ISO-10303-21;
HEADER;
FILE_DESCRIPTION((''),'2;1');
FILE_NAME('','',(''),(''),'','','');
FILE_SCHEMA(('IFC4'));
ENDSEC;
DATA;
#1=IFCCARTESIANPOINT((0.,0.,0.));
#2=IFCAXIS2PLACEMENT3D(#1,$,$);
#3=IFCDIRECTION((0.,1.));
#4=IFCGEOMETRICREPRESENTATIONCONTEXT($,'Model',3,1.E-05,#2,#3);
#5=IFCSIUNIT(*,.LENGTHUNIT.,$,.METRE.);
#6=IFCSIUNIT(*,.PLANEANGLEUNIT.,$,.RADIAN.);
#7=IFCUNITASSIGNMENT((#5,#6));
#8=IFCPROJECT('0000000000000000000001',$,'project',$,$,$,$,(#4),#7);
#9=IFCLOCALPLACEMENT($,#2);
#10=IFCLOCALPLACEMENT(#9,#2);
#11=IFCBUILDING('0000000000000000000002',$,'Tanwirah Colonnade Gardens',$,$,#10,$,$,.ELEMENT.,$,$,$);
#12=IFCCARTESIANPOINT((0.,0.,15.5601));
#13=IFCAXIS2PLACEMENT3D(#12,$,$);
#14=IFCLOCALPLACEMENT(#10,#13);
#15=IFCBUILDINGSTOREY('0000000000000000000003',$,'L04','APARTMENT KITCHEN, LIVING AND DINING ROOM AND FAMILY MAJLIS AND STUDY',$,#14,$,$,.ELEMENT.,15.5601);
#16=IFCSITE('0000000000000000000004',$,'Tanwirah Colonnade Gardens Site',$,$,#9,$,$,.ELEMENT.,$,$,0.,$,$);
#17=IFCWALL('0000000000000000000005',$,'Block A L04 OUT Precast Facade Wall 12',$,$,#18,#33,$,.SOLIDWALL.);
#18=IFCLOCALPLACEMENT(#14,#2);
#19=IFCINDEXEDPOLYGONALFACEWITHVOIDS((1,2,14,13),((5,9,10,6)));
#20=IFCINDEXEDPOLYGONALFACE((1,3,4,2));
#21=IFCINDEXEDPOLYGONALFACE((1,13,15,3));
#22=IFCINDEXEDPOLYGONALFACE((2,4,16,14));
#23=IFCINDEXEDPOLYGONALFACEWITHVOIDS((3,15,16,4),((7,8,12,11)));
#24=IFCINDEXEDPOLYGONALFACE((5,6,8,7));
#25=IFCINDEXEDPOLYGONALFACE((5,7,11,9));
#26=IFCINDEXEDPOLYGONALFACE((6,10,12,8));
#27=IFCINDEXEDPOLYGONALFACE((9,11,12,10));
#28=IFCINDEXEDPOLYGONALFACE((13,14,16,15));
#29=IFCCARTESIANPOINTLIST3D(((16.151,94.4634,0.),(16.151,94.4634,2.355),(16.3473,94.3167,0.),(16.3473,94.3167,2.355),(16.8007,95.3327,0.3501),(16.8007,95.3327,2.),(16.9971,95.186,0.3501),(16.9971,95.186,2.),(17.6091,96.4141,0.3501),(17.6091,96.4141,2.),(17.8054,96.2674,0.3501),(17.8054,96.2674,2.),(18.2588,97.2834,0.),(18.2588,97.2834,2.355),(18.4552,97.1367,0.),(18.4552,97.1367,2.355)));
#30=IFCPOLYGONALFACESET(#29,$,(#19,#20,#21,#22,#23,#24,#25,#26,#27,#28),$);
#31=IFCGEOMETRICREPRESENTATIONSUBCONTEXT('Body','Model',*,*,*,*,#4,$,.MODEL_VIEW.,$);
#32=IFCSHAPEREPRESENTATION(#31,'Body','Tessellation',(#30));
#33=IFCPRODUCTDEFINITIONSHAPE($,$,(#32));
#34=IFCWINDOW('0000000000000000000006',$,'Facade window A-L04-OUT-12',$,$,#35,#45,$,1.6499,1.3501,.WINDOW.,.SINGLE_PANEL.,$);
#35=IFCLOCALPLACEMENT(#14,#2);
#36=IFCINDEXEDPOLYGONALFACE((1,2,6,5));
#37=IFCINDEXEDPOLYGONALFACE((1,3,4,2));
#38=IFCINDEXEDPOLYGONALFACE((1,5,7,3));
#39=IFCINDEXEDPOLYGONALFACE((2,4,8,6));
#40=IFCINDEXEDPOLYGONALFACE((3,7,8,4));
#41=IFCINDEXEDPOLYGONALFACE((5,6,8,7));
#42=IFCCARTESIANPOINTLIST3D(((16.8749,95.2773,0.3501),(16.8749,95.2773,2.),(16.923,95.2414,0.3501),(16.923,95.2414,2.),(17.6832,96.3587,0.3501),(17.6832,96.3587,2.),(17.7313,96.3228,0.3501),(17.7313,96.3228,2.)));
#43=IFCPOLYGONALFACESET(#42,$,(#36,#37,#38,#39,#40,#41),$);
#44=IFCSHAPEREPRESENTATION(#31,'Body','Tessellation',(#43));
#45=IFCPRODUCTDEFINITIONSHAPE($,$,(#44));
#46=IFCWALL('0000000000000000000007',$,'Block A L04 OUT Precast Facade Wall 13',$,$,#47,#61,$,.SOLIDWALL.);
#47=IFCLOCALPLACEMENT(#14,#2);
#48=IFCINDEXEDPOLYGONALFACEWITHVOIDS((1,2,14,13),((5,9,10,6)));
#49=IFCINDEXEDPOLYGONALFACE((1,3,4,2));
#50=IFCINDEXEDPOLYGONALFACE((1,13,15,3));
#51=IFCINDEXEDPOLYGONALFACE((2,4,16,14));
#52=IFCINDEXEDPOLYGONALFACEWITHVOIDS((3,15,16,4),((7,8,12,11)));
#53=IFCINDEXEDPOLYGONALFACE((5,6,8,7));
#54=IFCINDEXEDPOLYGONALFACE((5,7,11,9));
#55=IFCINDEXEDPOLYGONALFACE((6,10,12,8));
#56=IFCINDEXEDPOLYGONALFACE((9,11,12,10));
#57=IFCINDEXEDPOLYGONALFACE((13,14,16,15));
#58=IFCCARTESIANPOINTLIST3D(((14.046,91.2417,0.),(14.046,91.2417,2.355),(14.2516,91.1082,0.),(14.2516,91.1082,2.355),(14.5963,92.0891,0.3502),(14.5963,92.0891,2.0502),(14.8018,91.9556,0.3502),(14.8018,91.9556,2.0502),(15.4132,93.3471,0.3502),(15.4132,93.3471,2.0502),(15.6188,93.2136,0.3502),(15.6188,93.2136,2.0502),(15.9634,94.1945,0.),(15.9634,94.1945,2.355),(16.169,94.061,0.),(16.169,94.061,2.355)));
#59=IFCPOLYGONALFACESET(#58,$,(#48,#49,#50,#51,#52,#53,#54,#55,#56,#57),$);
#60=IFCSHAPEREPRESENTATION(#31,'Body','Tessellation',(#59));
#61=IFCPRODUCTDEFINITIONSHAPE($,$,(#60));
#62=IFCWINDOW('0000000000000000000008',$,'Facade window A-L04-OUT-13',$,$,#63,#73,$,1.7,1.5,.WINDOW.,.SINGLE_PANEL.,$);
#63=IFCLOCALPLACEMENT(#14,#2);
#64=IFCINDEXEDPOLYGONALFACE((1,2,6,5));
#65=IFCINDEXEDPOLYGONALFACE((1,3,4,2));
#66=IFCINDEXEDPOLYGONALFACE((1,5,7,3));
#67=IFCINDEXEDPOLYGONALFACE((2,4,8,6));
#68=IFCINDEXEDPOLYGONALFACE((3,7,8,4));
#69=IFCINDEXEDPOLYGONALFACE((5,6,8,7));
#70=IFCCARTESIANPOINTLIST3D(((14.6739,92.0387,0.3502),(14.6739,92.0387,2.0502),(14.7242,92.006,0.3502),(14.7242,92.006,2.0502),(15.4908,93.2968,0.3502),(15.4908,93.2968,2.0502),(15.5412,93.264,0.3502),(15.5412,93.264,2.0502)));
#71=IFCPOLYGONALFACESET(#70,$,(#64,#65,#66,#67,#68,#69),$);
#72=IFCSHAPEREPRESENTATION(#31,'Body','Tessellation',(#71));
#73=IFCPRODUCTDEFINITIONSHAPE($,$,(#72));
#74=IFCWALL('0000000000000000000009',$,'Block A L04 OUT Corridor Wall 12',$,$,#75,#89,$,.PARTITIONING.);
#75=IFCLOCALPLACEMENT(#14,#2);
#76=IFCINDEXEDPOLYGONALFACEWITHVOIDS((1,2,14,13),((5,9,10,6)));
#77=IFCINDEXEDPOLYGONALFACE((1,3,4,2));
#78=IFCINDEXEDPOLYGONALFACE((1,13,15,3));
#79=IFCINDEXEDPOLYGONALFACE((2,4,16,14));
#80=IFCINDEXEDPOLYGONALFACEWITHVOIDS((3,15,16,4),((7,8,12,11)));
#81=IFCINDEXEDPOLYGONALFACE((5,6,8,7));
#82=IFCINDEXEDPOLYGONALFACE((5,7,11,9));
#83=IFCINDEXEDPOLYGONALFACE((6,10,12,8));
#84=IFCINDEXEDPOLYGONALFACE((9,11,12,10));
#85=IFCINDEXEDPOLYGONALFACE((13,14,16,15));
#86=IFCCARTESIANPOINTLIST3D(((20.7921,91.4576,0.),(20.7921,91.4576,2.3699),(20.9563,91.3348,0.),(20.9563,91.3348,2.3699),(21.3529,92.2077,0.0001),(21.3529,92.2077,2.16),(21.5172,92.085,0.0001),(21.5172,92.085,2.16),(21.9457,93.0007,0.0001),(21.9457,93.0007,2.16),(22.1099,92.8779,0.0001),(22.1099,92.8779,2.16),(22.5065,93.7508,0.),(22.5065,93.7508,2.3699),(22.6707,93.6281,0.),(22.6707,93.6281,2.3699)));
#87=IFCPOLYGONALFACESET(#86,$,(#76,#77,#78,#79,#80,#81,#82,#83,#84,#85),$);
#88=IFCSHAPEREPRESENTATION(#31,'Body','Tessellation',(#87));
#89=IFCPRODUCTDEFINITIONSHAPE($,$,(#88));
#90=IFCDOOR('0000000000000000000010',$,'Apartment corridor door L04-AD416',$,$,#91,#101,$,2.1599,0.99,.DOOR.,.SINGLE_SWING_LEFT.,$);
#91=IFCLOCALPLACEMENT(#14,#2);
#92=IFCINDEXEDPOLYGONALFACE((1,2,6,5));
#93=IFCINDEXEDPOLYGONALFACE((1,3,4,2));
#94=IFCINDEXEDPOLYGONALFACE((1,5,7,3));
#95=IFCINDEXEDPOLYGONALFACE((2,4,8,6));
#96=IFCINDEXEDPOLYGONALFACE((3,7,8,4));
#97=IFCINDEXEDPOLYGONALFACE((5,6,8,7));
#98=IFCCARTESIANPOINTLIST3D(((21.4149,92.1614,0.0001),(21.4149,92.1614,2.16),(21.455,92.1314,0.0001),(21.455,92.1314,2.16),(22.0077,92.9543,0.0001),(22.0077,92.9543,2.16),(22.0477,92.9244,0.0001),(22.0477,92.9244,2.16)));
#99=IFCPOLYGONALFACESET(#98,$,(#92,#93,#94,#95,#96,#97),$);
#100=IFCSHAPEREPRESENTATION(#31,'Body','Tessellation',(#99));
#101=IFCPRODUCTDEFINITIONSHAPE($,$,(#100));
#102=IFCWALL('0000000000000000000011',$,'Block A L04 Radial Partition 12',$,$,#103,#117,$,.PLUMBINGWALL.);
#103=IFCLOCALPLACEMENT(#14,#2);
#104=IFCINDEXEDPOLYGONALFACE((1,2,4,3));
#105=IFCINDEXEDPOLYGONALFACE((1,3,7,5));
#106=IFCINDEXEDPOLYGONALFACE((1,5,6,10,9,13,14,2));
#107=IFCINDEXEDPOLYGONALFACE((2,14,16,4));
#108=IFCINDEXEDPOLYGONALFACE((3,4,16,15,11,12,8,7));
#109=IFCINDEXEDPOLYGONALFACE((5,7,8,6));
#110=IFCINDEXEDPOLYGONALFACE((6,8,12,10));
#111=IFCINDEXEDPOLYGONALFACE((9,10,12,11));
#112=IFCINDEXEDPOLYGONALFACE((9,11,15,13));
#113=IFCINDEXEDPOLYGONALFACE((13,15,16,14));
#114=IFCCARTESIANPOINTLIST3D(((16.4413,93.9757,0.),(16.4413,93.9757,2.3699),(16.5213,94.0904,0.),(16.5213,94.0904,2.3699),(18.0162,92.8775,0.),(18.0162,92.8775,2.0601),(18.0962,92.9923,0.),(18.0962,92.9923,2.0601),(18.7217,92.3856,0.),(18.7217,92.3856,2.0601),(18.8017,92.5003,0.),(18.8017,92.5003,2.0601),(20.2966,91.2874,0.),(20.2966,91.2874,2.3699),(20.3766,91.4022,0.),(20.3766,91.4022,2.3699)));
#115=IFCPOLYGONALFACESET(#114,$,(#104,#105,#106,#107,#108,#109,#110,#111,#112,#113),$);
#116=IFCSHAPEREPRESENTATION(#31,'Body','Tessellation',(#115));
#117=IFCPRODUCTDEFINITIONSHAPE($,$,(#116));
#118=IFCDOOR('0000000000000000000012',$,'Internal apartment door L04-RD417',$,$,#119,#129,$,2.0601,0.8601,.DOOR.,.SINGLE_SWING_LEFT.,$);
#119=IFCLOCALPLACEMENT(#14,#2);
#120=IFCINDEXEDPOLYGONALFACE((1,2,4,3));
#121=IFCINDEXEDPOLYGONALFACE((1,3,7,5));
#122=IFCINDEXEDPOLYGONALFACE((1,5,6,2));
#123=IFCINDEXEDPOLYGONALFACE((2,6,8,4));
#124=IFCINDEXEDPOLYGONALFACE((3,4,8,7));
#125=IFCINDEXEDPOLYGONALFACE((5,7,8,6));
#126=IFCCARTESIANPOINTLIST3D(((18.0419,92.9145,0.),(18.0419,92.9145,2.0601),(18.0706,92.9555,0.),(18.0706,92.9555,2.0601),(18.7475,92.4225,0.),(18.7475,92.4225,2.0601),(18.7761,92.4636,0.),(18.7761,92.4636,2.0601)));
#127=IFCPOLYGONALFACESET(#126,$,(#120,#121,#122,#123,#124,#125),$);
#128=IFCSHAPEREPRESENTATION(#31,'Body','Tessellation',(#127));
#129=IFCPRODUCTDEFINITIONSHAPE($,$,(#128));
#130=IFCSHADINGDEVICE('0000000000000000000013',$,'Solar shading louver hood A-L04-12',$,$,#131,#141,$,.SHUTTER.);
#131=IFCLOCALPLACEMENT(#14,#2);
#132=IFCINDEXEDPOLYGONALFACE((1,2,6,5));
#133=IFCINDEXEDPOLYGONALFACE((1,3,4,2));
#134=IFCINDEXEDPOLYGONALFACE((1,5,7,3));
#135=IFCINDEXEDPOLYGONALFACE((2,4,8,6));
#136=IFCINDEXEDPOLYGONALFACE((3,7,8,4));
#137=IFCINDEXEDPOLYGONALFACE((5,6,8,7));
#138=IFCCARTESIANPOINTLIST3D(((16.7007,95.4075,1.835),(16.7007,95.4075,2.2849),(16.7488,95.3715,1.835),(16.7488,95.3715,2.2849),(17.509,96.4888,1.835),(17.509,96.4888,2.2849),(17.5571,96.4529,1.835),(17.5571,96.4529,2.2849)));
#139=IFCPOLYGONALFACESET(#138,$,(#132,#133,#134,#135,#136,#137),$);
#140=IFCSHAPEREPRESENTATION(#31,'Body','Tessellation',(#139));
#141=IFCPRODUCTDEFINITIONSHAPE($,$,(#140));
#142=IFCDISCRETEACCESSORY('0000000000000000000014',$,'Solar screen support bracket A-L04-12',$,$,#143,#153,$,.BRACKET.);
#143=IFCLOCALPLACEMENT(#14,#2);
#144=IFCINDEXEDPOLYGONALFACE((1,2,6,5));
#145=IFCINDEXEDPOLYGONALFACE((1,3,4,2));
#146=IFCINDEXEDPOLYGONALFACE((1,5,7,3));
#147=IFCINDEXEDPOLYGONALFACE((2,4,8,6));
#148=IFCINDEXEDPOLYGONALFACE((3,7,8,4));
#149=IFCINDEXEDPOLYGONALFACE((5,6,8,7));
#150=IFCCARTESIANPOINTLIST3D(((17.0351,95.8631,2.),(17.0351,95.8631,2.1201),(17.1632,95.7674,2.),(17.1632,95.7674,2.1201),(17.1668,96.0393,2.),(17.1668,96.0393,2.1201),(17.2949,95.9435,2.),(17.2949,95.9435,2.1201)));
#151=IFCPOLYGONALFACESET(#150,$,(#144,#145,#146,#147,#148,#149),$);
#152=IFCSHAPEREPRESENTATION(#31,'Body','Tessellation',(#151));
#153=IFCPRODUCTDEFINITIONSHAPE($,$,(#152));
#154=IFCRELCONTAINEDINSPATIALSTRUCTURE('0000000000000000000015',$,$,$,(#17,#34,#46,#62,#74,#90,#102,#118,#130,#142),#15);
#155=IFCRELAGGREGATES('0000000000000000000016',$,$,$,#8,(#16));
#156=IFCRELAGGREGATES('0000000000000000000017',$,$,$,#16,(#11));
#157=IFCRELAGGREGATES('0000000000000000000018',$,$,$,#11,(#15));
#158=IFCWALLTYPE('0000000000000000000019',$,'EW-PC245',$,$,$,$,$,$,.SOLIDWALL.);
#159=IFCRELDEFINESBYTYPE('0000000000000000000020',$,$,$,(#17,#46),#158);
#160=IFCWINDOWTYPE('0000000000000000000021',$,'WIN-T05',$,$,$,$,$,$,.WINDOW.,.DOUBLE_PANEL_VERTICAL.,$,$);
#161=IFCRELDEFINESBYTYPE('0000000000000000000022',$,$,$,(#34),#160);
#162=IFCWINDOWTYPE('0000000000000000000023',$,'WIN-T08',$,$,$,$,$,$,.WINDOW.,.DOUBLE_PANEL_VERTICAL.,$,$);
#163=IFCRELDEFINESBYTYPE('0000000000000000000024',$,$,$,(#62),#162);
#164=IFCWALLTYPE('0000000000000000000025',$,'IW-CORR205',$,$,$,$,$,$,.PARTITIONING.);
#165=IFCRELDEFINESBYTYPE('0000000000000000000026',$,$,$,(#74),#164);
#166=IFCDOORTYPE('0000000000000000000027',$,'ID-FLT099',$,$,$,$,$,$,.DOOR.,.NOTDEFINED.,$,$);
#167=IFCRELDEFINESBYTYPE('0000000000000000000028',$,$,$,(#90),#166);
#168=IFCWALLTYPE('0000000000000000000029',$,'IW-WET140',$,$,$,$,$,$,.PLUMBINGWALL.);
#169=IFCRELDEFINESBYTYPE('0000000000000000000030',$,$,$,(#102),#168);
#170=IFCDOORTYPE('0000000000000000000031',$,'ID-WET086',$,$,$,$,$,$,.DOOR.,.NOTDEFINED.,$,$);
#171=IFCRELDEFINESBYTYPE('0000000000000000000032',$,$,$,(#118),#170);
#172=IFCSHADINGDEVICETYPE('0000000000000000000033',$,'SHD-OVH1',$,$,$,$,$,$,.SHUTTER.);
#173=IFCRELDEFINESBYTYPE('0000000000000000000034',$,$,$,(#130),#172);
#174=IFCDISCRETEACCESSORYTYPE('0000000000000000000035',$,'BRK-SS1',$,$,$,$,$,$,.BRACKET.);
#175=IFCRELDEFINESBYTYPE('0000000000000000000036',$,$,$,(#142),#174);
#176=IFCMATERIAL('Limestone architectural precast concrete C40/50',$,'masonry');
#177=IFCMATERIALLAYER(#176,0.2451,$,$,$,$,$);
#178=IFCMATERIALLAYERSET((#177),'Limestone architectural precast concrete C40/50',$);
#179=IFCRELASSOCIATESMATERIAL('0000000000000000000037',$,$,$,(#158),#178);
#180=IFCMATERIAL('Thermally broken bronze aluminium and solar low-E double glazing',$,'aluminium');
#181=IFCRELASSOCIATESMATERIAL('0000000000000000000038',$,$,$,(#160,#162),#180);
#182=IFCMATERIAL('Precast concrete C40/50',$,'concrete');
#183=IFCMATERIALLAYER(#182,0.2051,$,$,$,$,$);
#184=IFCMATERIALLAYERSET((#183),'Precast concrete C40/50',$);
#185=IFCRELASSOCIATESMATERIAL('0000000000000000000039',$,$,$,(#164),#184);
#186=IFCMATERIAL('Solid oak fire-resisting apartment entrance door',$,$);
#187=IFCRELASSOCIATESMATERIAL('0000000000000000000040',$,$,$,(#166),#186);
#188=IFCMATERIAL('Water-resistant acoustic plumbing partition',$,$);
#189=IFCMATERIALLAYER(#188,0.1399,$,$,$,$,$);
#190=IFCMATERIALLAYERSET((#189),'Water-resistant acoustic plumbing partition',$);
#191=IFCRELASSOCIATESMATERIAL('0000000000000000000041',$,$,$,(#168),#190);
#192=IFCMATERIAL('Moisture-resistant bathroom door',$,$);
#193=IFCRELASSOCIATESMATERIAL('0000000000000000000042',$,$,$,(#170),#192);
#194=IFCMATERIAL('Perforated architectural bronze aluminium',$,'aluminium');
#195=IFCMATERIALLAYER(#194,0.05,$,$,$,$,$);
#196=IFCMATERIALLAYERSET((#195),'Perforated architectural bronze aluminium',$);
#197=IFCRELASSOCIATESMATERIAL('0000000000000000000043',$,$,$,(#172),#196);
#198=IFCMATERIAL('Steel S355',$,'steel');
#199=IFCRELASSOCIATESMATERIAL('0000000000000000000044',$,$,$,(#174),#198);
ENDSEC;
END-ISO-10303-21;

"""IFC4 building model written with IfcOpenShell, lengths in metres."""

from ifc_helpers import new_model, si_unit, direction, frame, frame_2d, origin, origin_2d, place, context, subcontext, project, spatial, rectangle, extrude, material, layer, layer_set, type_object, element, fill, save


model = new_model("IFC4")

# Units and contexts
model_context = context("Model", 3, precision=1e-05, world=origin(), true_north=direction((0.0, 1.0)))
body_context = subcontext(model_context, "Body", "Model", "MODEL_VIEW")
ifc_project = project(units=[si_unit("LENGTHUNIT", "METRE"), si_unit("PLANEANGLEUNIT", "RADIAN")], contexts=[model_context])

# Site, building, storey
site_placement = place(None, origin())
site = spatial("IfcSite", under=ifc_project, at=site_placement, Name="Tanwirah Colonnade Gardens Site", CompositionType="ELEMENT", RefElevation=0.0)
building_placement = place(site_placement, origin())
building = spatial("IfcBuilding", under=site, at=building_placement, Name="Tanwirah Colonnade Gardens", CompositionType="ELEMENT")
storey_placement = place(building_placement, frame((0.0, 0.0, 15.5601)))
storey = spatial("IfcBuildingStorey", under=building, at=storey_placement, Name="L04", Description="APARTMENT KITCHEN, LIVING AND DINING ROOM AND FAMILY MAJLIS AND STUDY", CompositionType="ELEMENT", Elevation=15.5601)

# Shared definitions
ifc_material_1 = material(Name="Precast concrete C40/50", Category="concrete")

# Walls, openings, windows
ifc_material_2 = material(Name="Limestone architectural precast concrete C40/50", Category="masonry")
ifc_layer_1 = layer(ifc_material_2, 0.2451)
ifc_layer_set_1 = layer_set([ifc_layer_1], Name="Limestone architectural precast concrete C40/50")
wall_type_1 = type_object("IfcWallType", Name="EW-PC245", PredefinedType="SOLIDWALL", material=ifc_layer_set_1)
wall_1_placement = place(storey_placement, frame((18.3569, 97.21, 0.0), z_axis=(0.0, 0.0, 1.0), x_axis=(-0.598701, -0.800973, 0.0)))
wall_1 = element("IfcWall", 1, at=wall_1_placement, inside=storey, type_object=wall_type_1, Name="Block A L04 OUT Precast Facade Wall 12", PredefinedType="SOLIDWALL", context=body_context, shape_type="SweptSolid", body=[
    extrude(rectangle(XDim=3.5208, YDim=0.2451, at=frame_2d((1.7603, 0.0))), origin(), (0.0, 0.0, 1.0), 2.355),
])
opening_1_placement = place(wall_1_placement, frame((1.0852, 0.0, 0.3501)))
opening_1 = element("IfcOpeningElement", 2, at=opening_1_placement, cuts=wall_1, PredefinedType="OPENING", context=body_context, shape_type="SweptSolid", body=[
    extrude(rectangle(XDim=1.3501, YDim=1.6499, at=frame_2d((0.675, 0.825))), frame((0.0, 0.1326, 0.0), z_axis=(0.0, -1.0, 0.0), x_axis=(1.0, 0.0, 0.0)), (0.0, 0.0, 1.0), 0.2651),
])
ifc_material_3 = material(Name="Thermally broken bronze aluminium and solar low-E double glazing", Category="aluminium")
window_type_1 = type_object("IfcWindowType", Name="WIN-T05", PartitioningType="DOUBLE_PANEL_VERTICAL", PredefinedType="WINDOW", material=ifc_material_3)
window_1_placement = place(opening_1_placement, origin())
window_1 = element("IfcWindow", 3, at=window_1_placement, inside=storey, type_object=window_type_1, Name="Facade window A-L04-OUT-12", OverallHeight=1.6499, OverallWidth=1.3501, PartitioningType="SINGLE_PANEL", PredefinedType="WINDOW", context=body_context, shape_type="SweptSolid", body=[
    extrude(rectangle(XDim=1.3501, YDim=1.6499, at=frame_2d((0.675, 0.825))), frame((0.0, 0.03, 0.0), z_axis=(0.0, -1.0, 0.0), x_axis=(1.0, 0.0, 0.0)), (0.0, 0.0, 1.0), 0.0601),
])
fill(opening_1, window_1)
wall_2_placement = place(storey_placement, frame((16.0662, 94.1277, 0.0), z_axis=(0.0, 0.0, 1.0), x_axis=(-0.544611, -0.838689, 0.0)))
wall_2 = element("IfcWall", 4, at=wall_2_placement, inside=storey, type_object=wall_type_1, Name="Block A L04 OUT Precast Facade Wall 13", PredefinedType="SOLIDWALL", context=body_context, shape_type="SweptSolid", body=[
    extrude(rectangle(XDim=3.5208, YDim=0.2451, at=frame_2d((1.7603, 0.0))), origin(), (0.0, 0.0, 1.0), 2.355),
])
opening_2_placement = place(wall_2_placement, frame((1.0103, 0.0, 0.3501)))
opening_2 = element("IfcOpeningElement", 5, at=opening_2_placement, cuts=wall_2, PredefinedType="OPENING", context=body_context, shape_type="SweptSolid", body=[
    extrude(rectangle(XDim=1.5, YDim=1.7, at=frame_2d((0.75, 0.8501))), frame((0.0, 0.1326, 0.0), z_axis=(0.0, -1.0, 0.0), x_axis=(1.0, 0.0, 0.0)), (0.0, 0.0, 1.0), 0.2651),
])
window_type_2 = type_object("IfcWindowType", Name="WIN-T08", PartitioningType="DOUBLE_PANEL_VERTICAL", PredefinedType="WINDOW", material=ifc_material_3)
window_2_placement = place(opening_2_placement, origin())
window_2 = element("IfcWindow", 6, at=window_2_placement, inside=storey, type_object=window_type_2, Name="Facade window A-L04-OUT-13", OverallHeight=1.7, OverallWidth=1.5, PartitioningType="SINGLE_PANEL", PredefinedType="WINDOW", context=body_context, shape_type="SweptSolid", body=[
    extrude(rectangle(XDim=1.5, YDim=1.7, at=frame_2d((0.75, 0.8501))), frame((0.0, 0.03, 0.0), z_axis=(0.0, -1.0, 0.0), x_axis=(1.0, 0.0, 0.0)), (0.0, 0.0, 1.0), 0.0601),
])
fill(opening_2, window_2)

# Walls, openings, doors
ifc_layer_2 = layer(ifc_material_1, 0.2051)
ifc_layer_set_2 = layer_set([ifc_layer_2], Name="Precast concrete C40/50")
wall_type_2 = type_object("IfcWallType", Name="IW-CORR205", PredefinedType="PARTITIONING", material=ifc_layer_set_2)
wall_3_placement = place(storey_placement, frame((22.5886, 93.6895, 0.0), z_axis=(0.0, 0.0, 1.0), x_axis=(-0.598758, -0.80093, 0.0)))
wall_3 = element("IfcWall", 7, at=wall_3_placement, inside=storey, type_object=wall_type_2, Name="Block A L04 OUT Corridor Wall 12", PredefinedType="PARTITIONING", context=body_context, shape_type="SweptSolid", body=[
    extrude(rectangle(XDim=2.8633, YDim=0.2051, at=frame_2d((1.4316, 0.0))), origin(), (0.0, 0.0, 1.0), 2.3699),
])
opening_3_placement = place(wall_3_placement, frame((0.9365, 0.0, 0.0)))
opening_3 = element("IfcOpeningElement", 8, at=opening_3_placement, cuts=wall_3, PredefinedType="OPENING", context=body_context, shape_type="SweptSolid", body=[
    extrude(rectangle(XDim=0.99, YDim=2.1599, at=frame_2d((0.4951, 1.0801))), frame((0.0, 0.1125, 0.0), z_axis=(0.0, -1.0, 0.0), x_axis=(1.0, 0.0, 0.0)), (0.0, 0.0, 1.0), 0.2251),
])
ifc_material_4 = material(Name="Solid oak fire-resisting apartment entrance door")
door_type_1 = type_object("IfcDoorType", Name="ID-FLT099", OperationType="NOTDEFINED", PredefinedType="DOOR", material=ifc_material_4)
door_1_placement = place(opening_3_placement, origin())
door_1 = element("IfcDoor", 9, at=door_1_placement, inside=storey, type_object=door_type_1, Name="Apartment corridor door L04-AD416", OperationType="SINGLE_SWING_LEFT", OverallHeight=2.1599, OverallWidth=0.99, PredefinedType="DOOR", context=body_context, shape_type="SweptSolid", body=[
    extrude(rectangle(XDim=0.99, YDim=2.1599, at=frame_2d((0.4951, 1.0801))), frame((0.0, 0.0249, 0.0), z_axis=(0.0, -1.0, 0.0), x_axis=(1.0, 0.0, 0.0)), (0.0, 0.0, 1.0), 0.05),
])
fill(opening_3, door_1)
ifc_material_5 = material(Name="Water-resistant acoustic plumbing partition")
ifc_layer_3 = layer(ifc_material_5, 0.1399)
ifc_layer_set_3 = layer_set([ifc_layer_3], Name="Water-resistant acoustic plumbing partition")
wall_type_3 = type_object("IfcWallType", Name="IW-WET140", PredefinedType="PLUMBINGWALL", material=ifc_layer_set_3)
wall_4_placement = place(storey_placement, frame((20.3367, 91.3447, 0.0), z_axis=(0.0, 0.0, 1.0), x_axis=(-0.820273, 0.571973, 0.0)))
wall_4 = element("IfcWall", 10, at=wall_4_placement, inside=storey, type_object=wall_type_3, Name="Block A L04 Radial Partition 12", PredefinedType="PLUMBINGWALL", context=body_context, shape_type="SweptSolid", body=[
    extrude(rectangle(XDim=4.7, YDim=0.1399, at=frame_2d((2.3501, 0.0))), origin(), (0.0, 0.0, 1.0), 2.3699),
])
opening_4_placement = place(wall_4_placement, frame((1.9199, 0.0, 0.0)))
opening_4 = element("IfcOpeningElement", 11, at=opening_4_placement, cuts=wall_4, PredefinedType="OPENING", context=body_context, shape_type="SweptSolid", body=[
    extrude(rectangle(XDim=0.8601, YDim=2.0601, at=frame_2d((0.4302, 1.03))), frame((0.0, 0.0798, 0.0), z_axis=(0.0, -1.0, 0.0), x_axis=(1.0, 0.0, 0.0)), (0.0, 0.0, 1.0), 0.1599),
])
ifc_material_6 = material(Name="Moisture-resistant bathroom door")
door_type_2 = type_object("IfcDoorType", Name="ID-WET086", OperationType="NOTDEFINED", PredefinedType="DOOR", material=ifc_material_6)
door_2_placement = place(opening_4_placement, origin())
door_2 = element("IfcDoor", 12, at=door_2_placement, inside=storey, type_object=door_type_2, Name="Internal apartment door L04-RD417", OperationType="SINGLE_SWING_LEFT", OverallHeight=2.0601, OverallWidth=0.8601, PredefinedType="DOOR", context=body_context, shape_type="SweptSolid", body=[
    extrude(rectangle(XDim=0.8601, YDim=2.0601, at=frame_2d((0.4302, 1.03))), frame((0.0, 0.0249, 0.0), z_axis=(0.0, -1.0, 0.0), x_axis=(1.0, 0.0, 0.0)), (0.0, 0.0, 1.0), 0.05),
])
fill(opening_4, door_2)

# Shading device
ifc_material_7 = material(Name="Perforated architectural bronze aluminium", Category="aluminium")
ifc_layer_4 = layer(ifc_material_7, 0.05)
ifc_layer_set_4 = layer_set([ifc_layer_4], Name="Perforated architectural bronze aluminium")
shading_device_type = type_object("IfcShadingDeviceType", Name="SHD-OVH1", PredefinedType="SHUTTER", material=ifc_layer_set_4)
shading_device_placement = place(storey_placement, frame((17.1289, 95.9302, 1.835), z_axis=(0.0, 0.0, 1.0), x_axis=(-0.598714, -0.800963, 0.0)))
element("IfcShadingDevice", 13, at=shading_device_placement, inside=storey, type_object=shading_device_type, Name="Solar shading louver hood A-L04-12", PredefinedType="SHUTTER", context=body_context, shape_type="SweptSolid", body=[
    extrude(rectangle(XDim=1.3501, YDim=0.0601, at=origin_2d()), origin(), (0.0, 0.0, 1.0), 0.45),
])

# Discrete accessory
ifc_material_8 = material(Name="Steel S355", Category="steel")
discrete_accessory_type = type_object("IfcDiscreteAccessoryType", Name="BRK-SS1", PredefinedType="BRACKET", material=ifc_material_8)
discrete_accessory_placement = place(storey_placement, frame((17.165, 95.9033, 2.0), z_axis=(0.0, 0.0, 1.0), x_axis=(-0.598714, -0.800963, 0.0)))
element("IfcDiscreteAccessory", 14, at=discrete_accessory_placement, inside=storey, type_object=discrete_accessory_type, Name="Solar screen support bracket A-L04-12", PredefinedType="BRACKET", context=body_context, shape_type="SweptSolid", body=[
    extrude(rectangle(XDim=0.22, YDim=0.1599, at=origin_2d()), origin(), (0.0, 0.0, 1.0), 0.1201),
])

save(model, "model.ifc")
